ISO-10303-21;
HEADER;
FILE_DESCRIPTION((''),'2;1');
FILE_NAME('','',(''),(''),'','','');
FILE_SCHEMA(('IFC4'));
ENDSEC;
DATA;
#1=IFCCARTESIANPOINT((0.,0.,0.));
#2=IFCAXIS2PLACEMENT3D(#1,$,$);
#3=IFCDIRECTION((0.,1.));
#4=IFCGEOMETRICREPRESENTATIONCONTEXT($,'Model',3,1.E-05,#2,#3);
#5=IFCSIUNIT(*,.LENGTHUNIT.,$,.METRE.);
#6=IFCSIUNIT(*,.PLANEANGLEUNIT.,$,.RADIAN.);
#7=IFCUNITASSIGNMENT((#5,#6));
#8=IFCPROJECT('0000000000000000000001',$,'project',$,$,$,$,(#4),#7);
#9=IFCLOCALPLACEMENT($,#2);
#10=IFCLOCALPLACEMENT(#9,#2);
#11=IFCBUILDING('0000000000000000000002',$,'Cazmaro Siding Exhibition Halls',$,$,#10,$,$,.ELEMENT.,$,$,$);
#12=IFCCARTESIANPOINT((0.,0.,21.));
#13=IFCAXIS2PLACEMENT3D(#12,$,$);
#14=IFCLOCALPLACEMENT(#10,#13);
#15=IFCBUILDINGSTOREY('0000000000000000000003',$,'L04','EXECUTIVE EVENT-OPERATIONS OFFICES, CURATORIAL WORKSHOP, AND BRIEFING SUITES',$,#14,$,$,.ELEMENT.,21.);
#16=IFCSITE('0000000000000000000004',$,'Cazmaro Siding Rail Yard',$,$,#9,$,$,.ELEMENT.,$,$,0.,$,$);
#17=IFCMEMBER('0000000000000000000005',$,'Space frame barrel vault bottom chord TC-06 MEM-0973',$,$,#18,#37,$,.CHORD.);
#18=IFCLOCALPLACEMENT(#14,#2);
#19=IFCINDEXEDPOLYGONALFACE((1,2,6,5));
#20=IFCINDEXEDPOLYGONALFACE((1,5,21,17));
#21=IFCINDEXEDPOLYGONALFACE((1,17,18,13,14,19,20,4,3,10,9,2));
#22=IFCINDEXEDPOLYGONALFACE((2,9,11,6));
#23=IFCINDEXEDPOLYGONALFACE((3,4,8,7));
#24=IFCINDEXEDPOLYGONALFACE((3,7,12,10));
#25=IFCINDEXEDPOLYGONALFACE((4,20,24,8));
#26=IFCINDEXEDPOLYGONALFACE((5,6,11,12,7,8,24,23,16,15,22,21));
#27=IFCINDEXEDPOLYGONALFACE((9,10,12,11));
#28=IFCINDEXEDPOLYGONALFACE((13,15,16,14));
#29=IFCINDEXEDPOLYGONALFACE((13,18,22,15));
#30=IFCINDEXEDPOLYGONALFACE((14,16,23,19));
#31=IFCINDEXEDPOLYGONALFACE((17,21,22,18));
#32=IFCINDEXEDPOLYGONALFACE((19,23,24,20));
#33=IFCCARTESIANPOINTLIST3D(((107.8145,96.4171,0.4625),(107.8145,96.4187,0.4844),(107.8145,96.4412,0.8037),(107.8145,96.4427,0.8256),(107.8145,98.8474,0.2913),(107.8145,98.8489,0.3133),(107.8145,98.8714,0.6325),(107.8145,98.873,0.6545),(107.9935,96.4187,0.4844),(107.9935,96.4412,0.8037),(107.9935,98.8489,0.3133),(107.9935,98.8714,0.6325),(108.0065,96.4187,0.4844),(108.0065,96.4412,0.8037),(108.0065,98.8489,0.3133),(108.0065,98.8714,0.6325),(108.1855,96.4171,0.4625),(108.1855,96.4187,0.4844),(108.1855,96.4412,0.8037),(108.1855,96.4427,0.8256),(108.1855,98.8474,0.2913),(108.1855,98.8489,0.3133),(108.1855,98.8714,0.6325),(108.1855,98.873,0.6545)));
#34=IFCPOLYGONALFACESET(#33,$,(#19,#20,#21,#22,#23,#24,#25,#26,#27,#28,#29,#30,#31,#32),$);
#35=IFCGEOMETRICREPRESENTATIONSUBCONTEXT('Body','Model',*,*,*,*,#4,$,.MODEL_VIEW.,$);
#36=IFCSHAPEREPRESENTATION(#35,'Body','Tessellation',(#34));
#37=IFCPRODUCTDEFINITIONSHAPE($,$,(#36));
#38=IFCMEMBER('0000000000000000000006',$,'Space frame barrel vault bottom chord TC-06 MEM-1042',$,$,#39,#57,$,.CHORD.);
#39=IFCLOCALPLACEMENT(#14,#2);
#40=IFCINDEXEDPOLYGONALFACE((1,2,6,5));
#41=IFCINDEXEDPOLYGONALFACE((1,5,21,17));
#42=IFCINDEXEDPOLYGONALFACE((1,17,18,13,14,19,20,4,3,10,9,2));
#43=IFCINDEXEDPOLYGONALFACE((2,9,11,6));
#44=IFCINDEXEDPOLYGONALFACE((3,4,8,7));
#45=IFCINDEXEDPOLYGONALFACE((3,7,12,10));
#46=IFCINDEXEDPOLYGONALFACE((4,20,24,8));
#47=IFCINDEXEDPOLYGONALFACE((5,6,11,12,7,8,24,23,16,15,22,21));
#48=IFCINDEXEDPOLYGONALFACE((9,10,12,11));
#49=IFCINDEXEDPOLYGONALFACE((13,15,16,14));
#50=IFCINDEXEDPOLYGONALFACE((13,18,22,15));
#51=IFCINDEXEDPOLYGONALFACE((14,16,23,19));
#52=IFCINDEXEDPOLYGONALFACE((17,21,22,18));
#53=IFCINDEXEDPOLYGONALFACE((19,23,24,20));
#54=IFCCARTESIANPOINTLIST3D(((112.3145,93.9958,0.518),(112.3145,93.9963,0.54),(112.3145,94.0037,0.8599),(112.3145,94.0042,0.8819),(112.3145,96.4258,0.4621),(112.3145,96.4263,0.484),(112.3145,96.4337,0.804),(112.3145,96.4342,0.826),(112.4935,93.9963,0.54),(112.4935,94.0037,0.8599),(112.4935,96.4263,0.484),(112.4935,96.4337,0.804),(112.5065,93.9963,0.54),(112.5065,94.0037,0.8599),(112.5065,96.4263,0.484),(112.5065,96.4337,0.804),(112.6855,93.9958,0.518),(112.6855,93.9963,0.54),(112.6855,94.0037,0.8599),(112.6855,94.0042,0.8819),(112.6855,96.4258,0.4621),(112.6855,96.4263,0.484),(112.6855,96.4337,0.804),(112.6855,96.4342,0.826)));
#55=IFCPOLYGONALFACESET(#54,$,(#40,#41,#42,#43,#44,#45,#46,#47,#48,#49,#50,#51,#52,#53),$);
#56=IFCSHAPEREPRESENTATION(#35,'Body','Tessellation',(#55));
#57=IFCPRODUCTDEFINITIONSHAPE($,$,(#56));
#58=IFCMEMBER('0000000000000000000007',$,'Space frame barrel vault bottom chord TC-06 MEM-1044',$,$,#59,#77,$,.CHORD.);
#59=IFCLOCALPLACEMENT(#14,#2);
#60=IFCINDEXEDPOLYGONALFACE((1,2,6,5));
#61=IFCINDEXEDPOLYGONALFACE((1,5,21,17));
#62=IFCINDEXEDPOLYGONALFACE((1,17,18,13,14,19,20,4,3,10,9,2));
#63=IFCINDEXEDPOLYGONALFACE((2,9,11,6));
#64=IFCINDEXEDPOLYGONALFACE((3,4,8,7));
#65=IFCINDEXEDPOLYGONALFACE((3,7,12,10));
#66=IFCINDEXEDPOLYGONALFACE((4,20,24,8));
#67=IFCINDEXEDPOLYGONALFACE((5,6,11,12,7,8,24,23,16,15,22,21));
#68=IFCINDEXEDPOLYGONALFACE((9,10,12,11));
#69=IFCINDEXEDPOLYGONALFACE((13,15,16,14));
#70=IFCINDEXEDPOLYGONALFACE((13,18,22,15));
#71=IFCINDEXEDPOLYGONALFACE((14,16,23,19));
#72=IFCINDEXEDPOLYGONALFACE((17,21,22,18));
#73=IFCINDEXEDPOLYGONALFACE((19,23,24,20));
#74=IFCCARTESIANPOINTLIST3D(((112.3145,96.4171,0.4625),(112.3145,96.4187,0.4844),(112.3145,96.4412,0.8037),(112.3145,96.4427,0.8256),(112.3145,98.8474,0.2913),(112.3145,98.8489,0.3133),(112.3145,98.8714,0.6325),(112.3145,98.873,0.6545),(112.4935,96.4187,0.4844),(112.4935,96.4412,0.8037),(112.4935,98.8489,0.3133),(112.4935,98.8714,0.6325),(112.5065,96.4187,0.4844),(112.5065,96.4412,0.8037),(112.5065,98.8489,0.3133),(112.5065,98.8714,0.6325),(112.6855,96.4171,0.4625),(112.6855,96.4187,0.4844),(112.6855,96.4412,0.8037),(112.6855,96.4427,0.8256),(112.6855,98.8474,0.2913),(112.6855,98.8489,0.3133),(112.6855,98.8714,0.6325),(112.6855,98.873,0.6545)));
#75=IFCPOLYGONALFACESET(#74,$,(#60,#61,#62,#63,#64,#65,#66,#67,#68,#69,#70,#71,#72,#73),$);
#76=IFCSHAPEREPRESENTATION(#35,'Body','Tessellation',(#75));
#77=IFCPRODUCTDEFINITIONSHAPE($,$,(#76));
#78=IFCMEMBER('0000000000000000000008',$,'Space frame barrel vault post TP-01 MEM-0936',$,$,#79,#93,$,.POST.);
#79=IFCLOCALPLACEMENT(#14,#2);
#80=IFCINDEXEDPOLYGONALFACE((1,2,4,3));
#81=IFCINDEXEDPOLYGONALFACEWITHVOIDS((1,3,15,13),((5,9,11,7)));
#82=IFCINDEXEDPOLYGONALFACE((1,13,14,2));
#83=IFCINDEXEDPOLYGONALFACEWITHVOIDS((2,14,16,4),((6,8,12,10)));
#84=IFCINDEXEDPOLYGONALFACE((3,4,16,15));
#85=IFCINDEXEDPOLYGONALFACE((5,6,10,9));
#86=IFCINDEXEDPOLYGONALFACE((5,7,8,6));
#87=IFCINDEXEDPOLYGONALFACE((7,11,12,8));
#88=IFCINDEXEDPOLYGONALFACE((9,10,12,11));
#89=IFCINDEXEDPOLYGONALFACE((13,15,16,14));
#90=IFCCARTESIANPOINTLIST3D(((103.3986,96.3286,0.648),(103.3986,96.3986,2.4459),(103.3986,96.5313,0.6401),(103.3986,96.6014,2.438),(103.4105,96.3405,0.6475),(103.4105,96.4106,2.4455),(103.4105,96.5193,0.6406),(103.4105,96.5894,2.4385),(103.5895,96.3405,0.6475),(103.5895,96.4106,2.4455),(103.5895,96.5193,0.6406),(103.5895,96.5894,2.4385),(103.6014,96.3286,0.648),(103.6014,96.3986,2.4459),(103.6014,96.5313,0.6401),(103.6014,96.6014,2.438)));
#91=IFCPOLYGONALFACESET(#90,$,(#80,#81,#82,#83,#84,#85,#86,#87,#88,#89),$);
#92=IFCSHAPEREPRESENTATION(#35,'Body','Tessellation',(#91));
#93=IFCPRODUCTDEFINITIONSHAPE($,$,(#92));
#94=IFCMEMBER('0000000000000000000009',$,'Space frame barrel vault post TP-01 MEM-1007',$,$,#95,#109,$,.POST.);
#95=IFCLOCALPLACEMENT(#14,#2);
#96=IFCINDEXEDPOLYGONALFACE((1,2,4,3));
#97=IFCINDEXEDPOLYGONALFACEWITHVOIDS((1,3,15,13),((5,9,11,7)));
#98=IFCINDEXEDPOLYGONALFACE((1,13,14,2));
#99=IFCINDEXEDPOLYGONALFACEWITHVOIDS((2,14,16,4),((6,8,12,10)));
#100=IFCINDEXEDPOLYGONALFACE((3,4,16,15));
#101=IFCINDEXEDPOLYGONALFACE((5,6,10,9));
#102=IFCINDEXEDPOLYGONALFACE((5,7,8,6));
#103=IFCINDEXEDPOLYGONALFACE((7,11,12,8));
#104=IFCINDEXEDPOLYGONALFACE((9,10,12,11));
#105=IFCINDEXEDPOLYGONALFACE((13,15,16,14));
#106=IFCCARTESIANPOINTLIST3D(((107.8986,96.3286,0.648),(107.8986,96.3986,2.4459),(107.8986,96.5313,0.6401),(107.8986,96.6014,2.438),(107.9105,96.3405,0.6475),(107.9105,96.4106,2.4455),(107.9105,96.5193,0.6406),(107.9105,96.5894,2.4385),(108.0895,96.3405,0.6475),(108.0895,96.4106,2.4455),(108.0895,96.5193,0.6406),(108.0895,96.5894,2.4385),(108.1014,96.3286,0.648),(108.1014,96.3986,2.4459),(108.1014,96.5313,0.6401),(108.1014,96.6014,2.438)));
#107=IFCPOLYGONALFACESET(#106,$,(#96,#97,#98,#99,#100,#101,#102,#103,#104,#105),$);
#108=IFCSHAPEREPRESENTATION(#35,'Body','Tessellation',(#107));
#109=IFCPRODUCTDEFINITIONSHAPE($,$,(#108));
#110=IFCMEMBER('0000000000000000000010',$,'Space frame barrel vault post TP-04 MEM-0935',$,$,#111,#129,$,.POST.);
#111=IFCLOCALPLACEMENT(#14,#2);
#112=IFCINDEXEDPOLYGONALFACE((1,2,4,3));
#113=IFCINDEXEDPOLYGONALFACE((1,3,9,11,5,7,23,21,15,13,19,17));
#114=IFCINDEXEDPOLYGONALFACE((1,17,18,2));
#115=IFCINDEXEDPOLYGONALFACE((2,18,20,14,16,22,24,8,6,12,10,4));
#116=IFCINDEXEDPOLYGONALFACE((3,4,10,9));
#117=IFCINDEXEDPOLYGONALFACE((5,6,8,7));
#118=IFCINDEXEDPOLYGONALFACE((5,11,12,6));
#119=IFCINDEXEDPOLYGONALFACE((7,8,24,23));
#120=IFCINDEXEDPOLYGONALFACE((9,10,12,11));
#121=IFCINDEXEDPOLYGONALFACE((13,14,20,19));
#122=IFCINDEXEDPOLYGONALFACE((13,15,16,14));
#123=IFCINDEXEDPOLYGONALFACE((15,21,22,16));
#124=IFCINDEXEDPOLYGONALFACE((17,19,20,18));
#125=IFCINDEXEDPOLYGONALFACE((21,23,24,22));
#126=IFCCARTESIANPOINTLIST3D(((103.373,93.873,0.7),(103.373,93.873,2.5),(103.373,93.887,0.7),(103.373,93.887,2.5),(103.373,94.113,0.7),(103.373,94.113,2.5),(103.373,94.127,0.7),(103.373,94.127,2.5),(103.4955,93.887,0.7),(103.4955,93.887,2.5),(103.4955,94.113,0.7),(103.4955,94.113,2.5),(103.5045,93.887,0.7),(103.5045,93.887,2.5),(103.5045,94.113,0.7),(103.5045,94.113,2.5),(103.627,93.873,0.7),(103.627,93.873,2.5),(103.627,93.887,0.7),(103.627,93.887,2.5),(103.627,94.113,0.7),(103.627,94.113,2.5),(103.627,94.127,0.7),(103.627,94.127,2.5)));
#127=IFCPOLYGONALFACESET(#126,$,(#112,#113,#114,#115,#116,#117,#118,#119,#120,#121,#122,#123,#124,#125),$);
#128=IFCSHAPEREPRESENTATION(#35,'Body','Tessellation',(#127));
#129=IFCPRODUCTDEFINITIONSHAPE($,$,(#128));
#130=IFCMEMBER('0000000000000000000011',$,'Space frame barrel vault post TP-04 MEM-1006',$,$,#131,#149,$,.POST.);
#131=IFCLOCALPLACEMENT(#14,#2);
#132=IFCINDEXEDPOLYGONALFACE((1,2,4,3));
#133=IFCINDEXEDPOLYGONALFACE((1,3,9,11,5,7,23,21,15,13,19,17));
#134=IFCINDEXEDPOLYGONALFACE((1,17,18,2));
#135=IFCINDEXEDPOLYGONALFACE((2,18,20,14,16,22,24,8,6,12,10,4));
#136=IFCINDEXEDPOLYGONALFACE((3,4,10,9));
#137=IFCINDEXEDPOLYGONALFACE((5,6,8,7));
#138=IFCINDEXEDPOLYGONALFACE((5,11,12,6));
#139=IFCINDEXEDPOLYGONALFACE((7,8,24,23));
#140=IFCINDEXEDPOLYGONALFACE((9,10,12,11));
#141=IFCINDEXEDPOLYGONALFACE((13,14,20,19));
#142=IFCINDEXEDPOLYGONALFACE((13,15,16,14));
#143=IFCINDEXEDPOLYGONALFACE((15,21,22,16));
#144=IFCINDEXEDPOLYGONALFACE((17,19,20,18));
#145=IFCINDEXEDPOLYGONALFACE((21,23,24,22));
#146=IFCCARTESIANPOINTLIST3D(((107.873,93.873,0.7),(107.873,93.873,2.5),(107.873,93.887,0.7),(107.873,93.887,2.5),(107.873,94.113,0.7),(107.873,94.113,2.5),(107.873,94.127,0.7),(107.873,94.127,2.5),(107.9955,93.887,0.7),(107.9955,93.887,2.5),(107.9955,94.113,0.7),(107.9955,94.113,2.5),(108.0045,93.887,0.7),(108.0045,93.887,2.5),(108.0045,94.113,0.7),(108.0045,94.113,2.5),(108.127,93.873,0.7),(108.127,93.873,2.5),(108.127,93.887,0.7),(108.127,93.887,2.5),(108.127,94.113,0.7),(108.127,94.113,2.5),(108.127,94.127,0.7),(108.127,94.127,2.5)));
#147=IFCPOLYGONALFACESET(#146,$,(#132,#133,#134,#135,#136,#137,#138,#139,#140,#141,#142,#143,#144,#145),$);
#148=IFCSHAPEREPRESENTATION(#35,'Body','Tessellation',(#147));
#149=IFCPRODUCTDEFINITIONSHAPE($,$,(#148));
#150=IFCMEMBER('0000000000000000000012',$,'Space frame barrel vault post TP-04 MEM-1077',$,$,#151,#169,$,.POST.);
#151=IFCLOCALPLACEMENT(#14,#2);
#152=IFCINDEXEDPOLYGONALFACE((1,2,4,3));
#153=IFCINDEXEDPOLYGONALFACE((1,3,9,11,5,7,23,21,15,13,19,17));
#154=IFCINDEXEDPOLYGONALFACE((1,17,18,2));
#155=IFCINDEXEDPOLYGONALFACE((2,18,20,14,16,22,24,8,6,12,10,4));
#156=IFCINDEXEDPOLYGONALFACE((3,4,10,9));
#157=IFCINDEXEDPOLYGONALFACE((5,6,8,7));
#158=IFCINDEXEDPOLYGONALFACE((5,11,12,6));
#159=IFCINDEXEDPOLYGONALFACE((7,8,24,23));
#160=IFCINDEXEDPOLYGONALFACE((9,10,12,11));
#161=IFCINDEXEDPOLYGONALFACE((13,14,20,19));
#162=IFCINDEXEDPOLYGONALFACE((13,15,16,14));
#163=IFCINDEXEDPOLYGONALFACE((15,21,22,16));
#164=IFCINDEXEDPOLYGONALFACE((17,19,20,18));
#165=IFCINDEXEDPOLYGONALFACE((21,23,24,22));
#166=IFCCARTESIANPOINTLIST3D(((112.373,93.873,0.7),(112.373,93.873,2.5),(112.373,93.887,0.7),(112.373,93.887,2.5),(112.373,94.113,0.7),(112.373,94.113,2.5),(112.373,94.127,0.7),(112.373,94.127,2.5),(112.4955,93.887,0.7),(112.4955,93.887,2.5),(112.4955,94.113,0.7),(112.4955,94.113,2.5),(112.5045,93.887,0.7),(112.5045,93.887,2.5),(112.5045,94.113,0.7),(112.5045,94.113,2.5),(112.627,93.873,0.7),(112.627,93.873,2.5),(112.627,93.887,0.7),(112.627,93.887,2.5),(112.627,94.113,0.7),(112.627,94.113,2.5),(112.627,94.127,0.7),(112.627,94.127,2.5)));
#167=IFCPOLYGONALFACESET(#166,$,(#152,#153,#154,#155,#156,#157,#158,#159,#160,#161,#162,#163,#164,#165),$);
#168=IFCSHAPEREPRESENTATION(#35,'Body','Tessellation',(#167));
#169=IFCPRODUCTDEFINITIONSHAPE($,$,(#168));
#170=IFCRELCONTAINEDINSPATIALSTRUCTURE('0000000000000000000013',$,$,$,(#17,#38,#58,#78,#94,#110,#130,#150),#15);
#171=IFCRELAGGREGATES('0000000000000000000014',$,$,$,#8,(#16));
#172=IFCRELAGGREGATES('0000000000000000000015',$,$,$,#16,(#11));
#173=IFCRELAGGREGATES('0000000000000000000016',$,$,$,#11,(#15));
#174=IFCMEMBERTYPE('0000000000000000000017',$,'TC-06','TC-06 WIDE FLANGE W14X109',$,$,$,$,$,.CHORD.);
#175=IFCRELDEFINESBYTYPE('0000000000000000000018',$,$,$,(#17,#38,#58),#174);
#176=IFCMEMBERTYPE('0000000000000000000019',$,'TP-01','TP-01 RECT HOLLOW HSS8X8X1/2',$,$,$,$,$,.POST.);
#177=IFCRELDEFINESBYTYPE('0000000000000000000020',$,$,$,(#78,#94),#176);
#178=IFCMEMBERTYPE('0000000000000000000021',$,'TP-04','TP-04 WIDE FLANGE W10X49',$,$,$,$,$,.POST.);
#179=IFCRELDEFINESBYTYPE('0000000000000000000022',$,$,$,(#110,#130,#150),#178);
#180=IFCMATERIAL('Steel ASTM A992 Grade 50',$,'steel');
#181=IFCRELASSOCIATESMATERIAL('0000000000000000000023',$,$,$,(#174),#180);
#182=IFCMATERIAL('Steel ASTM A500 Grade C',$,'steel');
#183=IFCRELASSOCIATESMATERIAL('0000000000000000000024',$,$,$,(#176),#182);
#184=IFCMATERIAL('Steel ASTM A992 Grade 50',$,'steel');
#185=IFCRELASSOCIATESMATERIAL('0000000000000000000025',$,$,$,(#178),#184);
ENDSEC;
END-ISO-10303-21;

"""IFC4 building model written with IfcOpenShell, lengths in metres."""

from ifc_helpers import new_model, si_unit, direction, frame, origin, origin_2d, place, context, subcontext, project, spatial, hollow_rectangle, i_section, extrude, material, material_profile, profile_set, type_object, element, save


model = new_model("IFC4")

# Units and contexts
model_context = context("Model", 3, precision=1e-05, world=origin(), true_north=direction((0.0, 1.0)))
body_context = subcontext(model_context, "Body", "Model", "MODEL_VIEW")
ifc_project = project(units=[si_unit("LENGTHUNIT", "METRE"), si_unit("PLANEANGLEUNIT", "RADIAN")], contexts=[model_context])

# Site, building, storey
site_placement = place(None, origin())
site = spatial("IfcSite", under=ifc_project, at=site_placement, Name="Cazmaro Siding Rail Yard", CompositionType="ELEMENT", RefElevation=0.0)
building_placement = place(site_placement, origin())
building = spatial("IfcBuilding", under=site, at=building_placement, Name="Cazmaro Siding Exhibition Halls", CompositionType="ELEMENT")
storey_placement = place(building_placement, frame((0.0, 0.0, 21.0)))
storey = spatial("IfcBuildingStorey", under=building, at=storey_placement, Name="L04", Description="EXECUTIVE EVENT-OPERATIONS OFFICES, CURATORIAL WORKSHOP, AND BRIEFING SUITES", CompositionType="ELEMENT", Elevation=21.0)

# Members
ifc_material_1 = material(Name="Steel ASTM A992 Grade 50", Category="steel")
ifc_material_profile_1 = material_profile(ifc_material_1, i_section(OverallWidth=0.3711, OverallDepth=0.364, WebThickness=0.0129, FlangeThickness=0.022, at=origin_2d()), Name="W14X109")
ifc_profile_set_1 = profile_set([ifc_material_profile_1], Name="Steel ASTM A992 Grade 50")
member_type_1 = type_object("IfcMemberType", Name="TC-06", Description="TC-06 WIDE FLANGE W14X109", PredefinedType="CHORD", material=ifc_profile_set_1)
member_1_placement = place(storey_placement, frame((108.0, 96.4299, 0.644), z_axis=(0.0, 0.997529, -0.07025), x_axis=(-1.0, 0.0, 0.0)))
element("IfcMember", 1, at=member_1_placement, inside=storey, type_object=member_type_1, Name="Space frame barrel vault bottom chord TC-06 MEM-0973", PredefinedType="CHORD", context=body_context, shape_type="SweptSolid", body=[
    extrude(i_section(OverallWidth=0.3711, OverallDepth=0.364, WebThickness=0.0129, FlangeThickness=0.022, at=origin_2d()), origin(), (0.0, 0.0, 1.0), 2.4363),
])
member_2_placement = place(storey_placement, frame((112.5, 94.0, 0.7), z_axis=(0.0, 0.999735, -0.023002), x_axis=(-1.0, 0.0, 0.0)))
element("IfcMember", 2, at=member_2_placement, inside=storey, type_object=member_type_1, Name="Space frame barrel vault bottom chord TC-06 MEM-1042", PredefinedType="CHORD", context=body_context, shape_type="SweptSolid", body=[
    extrude(i_section(OverallWidth=0.3711, OverallDepth=0.364, WebThickness=0.0129, FlangeThickness=0.022, at=origin_2d()), origin(), (0.0, 0.0, 1.0), 2.4307),
])
member_3_placement = place(storey_placement, frame((112.5, 96.4299, 0.644), z_axis=(0.0, 0.997529, -0.07025), x_axis=(-1.0, 0.0, 0.0)))
element("IfcMember", 3, at=member_3_placement, inside=storey, type_object=member_type_1, Name="Space frame barrel vault bottom chord TC-06 MEM-1044", PredefinedType="CHORD", context=body_context, shape_type="SweptSolid", body=[
    extrude(i_section(OverallWidth=0.3711, OverallDepth=0.364, WebThickness=0.0129, FlangeThickness=0.022, at=origin_2d()), origin(), (0.0, 0.0, 1.0), 2.4363),
])
ifc_material_2 = material(Name="Steel ASTM A500 Grade C", Category="steel")
ifc_material_profile_2 = material_profile(ifc_material_2, hollow_rectangle(XDim=0.2029, YDim=0.2029, WallThickness=0.012, at=origin_2d()), Name="HSS8X8X1/2")
ifc_profile_set_2 = profile_set([ifc_material_profile_2], Name="Steel ASTM A500 Grade C")
member_type_2 = type_object("IfcMemberType", Name="TP-01", Description="TP-01 RECT HOLLOW HSS8X8X1/2", PredefinedType="POST", material=ifc_profile_set_2)
for number, where, z_axis, x_axis, name in (
    (4, (103.5, 96.4299, 0.644), (0.0, 0.038944, 0.999241), (-1.0, 0.0, 0.0), "Space frame barrel vault post TP-01 MEM-0936"),
    (5, (108.0, 96.4299, 0.644), (0.0, 0.038944, 0.999241), (-1.0, 0.0, 0.0), "Space frame barrel vault post TP-01 MEM-1007"),
):
    element("IfcMember", number, at=place(storey_placement, frame(where, z_axis=z_axis, x_axis=x_axis)), inside=storey, type_object=member_type_2, Name=name, PredefinedType="POST", context=body_context, shape_type="SweptSolid", body=[
        extrude(hollow_rectangle(XDim=0.2029, YDim=0.2029, WallThickness=0.012, at=origin_2d()), origin(), (0.0, 0.0, 1.0), 1.7993),
    ])
ifc_material_3 = material(Name="Steel ASTM A992 Grade 50", Category="steel")
ifc_material_profile_3 = material_profile(ifc_material_3, i_section(OverallWidth=0.2539, OverallDepth=0.2539, WebThickness=0.009, FlangeThickness=0.0139, at=origin_2d()), Name="W10X49")
ifc_profile_set_3 = profile_set([ifc_material_profile_3], Name="Steel ASTM A992 Grade 50")
member_type_3 = type_object("IfcMemberType", Name="TP-04", Description="TP-04 WIDE FLANGE W10X49", PredefinedType="POST", material=ifc_profile_set_3)
for number, where, z_axis, x_axis, name in (
    (6, (103.5, 94.0, 0.7), (0.0, 0.0, 1.0), (1.0, 0.0, 0.0), "Space frame barrel vault post TP-04 MEM-0935"),
    (7, (108.0, 94.0, 0.7), (0.0, 0.0, 1.0), (1.0, 0.0, 0.0), "Space frame barrel vault post TP-04 MEM-1006"),
    (8, (112.5, 94.0, 0.7), (0.0, 0.0, 1.0), (1.0, 0.0, 0.0), "Space frame barrel vault post TP-04 MEM-1077"),
):
    element("IfcMember", number, at=place(storey_placement, frame(where, z_axis=z_axis, x_axis=x_axis)), inside=storey, type_object=member_type_3, Name=name, PredefinedType="POST", context=body_context, shape_type="SweptSolid", body=[
        extrude(i_section(OverallWidth=0.2539, OverallDepth=0.2539, WebThickness=0.009, FlangeThickness=0.0139, at=origin_2d()), origin(), (0.0, 0.0, 1.0), 1.8),
    ])

save(model, "model.ifc")
